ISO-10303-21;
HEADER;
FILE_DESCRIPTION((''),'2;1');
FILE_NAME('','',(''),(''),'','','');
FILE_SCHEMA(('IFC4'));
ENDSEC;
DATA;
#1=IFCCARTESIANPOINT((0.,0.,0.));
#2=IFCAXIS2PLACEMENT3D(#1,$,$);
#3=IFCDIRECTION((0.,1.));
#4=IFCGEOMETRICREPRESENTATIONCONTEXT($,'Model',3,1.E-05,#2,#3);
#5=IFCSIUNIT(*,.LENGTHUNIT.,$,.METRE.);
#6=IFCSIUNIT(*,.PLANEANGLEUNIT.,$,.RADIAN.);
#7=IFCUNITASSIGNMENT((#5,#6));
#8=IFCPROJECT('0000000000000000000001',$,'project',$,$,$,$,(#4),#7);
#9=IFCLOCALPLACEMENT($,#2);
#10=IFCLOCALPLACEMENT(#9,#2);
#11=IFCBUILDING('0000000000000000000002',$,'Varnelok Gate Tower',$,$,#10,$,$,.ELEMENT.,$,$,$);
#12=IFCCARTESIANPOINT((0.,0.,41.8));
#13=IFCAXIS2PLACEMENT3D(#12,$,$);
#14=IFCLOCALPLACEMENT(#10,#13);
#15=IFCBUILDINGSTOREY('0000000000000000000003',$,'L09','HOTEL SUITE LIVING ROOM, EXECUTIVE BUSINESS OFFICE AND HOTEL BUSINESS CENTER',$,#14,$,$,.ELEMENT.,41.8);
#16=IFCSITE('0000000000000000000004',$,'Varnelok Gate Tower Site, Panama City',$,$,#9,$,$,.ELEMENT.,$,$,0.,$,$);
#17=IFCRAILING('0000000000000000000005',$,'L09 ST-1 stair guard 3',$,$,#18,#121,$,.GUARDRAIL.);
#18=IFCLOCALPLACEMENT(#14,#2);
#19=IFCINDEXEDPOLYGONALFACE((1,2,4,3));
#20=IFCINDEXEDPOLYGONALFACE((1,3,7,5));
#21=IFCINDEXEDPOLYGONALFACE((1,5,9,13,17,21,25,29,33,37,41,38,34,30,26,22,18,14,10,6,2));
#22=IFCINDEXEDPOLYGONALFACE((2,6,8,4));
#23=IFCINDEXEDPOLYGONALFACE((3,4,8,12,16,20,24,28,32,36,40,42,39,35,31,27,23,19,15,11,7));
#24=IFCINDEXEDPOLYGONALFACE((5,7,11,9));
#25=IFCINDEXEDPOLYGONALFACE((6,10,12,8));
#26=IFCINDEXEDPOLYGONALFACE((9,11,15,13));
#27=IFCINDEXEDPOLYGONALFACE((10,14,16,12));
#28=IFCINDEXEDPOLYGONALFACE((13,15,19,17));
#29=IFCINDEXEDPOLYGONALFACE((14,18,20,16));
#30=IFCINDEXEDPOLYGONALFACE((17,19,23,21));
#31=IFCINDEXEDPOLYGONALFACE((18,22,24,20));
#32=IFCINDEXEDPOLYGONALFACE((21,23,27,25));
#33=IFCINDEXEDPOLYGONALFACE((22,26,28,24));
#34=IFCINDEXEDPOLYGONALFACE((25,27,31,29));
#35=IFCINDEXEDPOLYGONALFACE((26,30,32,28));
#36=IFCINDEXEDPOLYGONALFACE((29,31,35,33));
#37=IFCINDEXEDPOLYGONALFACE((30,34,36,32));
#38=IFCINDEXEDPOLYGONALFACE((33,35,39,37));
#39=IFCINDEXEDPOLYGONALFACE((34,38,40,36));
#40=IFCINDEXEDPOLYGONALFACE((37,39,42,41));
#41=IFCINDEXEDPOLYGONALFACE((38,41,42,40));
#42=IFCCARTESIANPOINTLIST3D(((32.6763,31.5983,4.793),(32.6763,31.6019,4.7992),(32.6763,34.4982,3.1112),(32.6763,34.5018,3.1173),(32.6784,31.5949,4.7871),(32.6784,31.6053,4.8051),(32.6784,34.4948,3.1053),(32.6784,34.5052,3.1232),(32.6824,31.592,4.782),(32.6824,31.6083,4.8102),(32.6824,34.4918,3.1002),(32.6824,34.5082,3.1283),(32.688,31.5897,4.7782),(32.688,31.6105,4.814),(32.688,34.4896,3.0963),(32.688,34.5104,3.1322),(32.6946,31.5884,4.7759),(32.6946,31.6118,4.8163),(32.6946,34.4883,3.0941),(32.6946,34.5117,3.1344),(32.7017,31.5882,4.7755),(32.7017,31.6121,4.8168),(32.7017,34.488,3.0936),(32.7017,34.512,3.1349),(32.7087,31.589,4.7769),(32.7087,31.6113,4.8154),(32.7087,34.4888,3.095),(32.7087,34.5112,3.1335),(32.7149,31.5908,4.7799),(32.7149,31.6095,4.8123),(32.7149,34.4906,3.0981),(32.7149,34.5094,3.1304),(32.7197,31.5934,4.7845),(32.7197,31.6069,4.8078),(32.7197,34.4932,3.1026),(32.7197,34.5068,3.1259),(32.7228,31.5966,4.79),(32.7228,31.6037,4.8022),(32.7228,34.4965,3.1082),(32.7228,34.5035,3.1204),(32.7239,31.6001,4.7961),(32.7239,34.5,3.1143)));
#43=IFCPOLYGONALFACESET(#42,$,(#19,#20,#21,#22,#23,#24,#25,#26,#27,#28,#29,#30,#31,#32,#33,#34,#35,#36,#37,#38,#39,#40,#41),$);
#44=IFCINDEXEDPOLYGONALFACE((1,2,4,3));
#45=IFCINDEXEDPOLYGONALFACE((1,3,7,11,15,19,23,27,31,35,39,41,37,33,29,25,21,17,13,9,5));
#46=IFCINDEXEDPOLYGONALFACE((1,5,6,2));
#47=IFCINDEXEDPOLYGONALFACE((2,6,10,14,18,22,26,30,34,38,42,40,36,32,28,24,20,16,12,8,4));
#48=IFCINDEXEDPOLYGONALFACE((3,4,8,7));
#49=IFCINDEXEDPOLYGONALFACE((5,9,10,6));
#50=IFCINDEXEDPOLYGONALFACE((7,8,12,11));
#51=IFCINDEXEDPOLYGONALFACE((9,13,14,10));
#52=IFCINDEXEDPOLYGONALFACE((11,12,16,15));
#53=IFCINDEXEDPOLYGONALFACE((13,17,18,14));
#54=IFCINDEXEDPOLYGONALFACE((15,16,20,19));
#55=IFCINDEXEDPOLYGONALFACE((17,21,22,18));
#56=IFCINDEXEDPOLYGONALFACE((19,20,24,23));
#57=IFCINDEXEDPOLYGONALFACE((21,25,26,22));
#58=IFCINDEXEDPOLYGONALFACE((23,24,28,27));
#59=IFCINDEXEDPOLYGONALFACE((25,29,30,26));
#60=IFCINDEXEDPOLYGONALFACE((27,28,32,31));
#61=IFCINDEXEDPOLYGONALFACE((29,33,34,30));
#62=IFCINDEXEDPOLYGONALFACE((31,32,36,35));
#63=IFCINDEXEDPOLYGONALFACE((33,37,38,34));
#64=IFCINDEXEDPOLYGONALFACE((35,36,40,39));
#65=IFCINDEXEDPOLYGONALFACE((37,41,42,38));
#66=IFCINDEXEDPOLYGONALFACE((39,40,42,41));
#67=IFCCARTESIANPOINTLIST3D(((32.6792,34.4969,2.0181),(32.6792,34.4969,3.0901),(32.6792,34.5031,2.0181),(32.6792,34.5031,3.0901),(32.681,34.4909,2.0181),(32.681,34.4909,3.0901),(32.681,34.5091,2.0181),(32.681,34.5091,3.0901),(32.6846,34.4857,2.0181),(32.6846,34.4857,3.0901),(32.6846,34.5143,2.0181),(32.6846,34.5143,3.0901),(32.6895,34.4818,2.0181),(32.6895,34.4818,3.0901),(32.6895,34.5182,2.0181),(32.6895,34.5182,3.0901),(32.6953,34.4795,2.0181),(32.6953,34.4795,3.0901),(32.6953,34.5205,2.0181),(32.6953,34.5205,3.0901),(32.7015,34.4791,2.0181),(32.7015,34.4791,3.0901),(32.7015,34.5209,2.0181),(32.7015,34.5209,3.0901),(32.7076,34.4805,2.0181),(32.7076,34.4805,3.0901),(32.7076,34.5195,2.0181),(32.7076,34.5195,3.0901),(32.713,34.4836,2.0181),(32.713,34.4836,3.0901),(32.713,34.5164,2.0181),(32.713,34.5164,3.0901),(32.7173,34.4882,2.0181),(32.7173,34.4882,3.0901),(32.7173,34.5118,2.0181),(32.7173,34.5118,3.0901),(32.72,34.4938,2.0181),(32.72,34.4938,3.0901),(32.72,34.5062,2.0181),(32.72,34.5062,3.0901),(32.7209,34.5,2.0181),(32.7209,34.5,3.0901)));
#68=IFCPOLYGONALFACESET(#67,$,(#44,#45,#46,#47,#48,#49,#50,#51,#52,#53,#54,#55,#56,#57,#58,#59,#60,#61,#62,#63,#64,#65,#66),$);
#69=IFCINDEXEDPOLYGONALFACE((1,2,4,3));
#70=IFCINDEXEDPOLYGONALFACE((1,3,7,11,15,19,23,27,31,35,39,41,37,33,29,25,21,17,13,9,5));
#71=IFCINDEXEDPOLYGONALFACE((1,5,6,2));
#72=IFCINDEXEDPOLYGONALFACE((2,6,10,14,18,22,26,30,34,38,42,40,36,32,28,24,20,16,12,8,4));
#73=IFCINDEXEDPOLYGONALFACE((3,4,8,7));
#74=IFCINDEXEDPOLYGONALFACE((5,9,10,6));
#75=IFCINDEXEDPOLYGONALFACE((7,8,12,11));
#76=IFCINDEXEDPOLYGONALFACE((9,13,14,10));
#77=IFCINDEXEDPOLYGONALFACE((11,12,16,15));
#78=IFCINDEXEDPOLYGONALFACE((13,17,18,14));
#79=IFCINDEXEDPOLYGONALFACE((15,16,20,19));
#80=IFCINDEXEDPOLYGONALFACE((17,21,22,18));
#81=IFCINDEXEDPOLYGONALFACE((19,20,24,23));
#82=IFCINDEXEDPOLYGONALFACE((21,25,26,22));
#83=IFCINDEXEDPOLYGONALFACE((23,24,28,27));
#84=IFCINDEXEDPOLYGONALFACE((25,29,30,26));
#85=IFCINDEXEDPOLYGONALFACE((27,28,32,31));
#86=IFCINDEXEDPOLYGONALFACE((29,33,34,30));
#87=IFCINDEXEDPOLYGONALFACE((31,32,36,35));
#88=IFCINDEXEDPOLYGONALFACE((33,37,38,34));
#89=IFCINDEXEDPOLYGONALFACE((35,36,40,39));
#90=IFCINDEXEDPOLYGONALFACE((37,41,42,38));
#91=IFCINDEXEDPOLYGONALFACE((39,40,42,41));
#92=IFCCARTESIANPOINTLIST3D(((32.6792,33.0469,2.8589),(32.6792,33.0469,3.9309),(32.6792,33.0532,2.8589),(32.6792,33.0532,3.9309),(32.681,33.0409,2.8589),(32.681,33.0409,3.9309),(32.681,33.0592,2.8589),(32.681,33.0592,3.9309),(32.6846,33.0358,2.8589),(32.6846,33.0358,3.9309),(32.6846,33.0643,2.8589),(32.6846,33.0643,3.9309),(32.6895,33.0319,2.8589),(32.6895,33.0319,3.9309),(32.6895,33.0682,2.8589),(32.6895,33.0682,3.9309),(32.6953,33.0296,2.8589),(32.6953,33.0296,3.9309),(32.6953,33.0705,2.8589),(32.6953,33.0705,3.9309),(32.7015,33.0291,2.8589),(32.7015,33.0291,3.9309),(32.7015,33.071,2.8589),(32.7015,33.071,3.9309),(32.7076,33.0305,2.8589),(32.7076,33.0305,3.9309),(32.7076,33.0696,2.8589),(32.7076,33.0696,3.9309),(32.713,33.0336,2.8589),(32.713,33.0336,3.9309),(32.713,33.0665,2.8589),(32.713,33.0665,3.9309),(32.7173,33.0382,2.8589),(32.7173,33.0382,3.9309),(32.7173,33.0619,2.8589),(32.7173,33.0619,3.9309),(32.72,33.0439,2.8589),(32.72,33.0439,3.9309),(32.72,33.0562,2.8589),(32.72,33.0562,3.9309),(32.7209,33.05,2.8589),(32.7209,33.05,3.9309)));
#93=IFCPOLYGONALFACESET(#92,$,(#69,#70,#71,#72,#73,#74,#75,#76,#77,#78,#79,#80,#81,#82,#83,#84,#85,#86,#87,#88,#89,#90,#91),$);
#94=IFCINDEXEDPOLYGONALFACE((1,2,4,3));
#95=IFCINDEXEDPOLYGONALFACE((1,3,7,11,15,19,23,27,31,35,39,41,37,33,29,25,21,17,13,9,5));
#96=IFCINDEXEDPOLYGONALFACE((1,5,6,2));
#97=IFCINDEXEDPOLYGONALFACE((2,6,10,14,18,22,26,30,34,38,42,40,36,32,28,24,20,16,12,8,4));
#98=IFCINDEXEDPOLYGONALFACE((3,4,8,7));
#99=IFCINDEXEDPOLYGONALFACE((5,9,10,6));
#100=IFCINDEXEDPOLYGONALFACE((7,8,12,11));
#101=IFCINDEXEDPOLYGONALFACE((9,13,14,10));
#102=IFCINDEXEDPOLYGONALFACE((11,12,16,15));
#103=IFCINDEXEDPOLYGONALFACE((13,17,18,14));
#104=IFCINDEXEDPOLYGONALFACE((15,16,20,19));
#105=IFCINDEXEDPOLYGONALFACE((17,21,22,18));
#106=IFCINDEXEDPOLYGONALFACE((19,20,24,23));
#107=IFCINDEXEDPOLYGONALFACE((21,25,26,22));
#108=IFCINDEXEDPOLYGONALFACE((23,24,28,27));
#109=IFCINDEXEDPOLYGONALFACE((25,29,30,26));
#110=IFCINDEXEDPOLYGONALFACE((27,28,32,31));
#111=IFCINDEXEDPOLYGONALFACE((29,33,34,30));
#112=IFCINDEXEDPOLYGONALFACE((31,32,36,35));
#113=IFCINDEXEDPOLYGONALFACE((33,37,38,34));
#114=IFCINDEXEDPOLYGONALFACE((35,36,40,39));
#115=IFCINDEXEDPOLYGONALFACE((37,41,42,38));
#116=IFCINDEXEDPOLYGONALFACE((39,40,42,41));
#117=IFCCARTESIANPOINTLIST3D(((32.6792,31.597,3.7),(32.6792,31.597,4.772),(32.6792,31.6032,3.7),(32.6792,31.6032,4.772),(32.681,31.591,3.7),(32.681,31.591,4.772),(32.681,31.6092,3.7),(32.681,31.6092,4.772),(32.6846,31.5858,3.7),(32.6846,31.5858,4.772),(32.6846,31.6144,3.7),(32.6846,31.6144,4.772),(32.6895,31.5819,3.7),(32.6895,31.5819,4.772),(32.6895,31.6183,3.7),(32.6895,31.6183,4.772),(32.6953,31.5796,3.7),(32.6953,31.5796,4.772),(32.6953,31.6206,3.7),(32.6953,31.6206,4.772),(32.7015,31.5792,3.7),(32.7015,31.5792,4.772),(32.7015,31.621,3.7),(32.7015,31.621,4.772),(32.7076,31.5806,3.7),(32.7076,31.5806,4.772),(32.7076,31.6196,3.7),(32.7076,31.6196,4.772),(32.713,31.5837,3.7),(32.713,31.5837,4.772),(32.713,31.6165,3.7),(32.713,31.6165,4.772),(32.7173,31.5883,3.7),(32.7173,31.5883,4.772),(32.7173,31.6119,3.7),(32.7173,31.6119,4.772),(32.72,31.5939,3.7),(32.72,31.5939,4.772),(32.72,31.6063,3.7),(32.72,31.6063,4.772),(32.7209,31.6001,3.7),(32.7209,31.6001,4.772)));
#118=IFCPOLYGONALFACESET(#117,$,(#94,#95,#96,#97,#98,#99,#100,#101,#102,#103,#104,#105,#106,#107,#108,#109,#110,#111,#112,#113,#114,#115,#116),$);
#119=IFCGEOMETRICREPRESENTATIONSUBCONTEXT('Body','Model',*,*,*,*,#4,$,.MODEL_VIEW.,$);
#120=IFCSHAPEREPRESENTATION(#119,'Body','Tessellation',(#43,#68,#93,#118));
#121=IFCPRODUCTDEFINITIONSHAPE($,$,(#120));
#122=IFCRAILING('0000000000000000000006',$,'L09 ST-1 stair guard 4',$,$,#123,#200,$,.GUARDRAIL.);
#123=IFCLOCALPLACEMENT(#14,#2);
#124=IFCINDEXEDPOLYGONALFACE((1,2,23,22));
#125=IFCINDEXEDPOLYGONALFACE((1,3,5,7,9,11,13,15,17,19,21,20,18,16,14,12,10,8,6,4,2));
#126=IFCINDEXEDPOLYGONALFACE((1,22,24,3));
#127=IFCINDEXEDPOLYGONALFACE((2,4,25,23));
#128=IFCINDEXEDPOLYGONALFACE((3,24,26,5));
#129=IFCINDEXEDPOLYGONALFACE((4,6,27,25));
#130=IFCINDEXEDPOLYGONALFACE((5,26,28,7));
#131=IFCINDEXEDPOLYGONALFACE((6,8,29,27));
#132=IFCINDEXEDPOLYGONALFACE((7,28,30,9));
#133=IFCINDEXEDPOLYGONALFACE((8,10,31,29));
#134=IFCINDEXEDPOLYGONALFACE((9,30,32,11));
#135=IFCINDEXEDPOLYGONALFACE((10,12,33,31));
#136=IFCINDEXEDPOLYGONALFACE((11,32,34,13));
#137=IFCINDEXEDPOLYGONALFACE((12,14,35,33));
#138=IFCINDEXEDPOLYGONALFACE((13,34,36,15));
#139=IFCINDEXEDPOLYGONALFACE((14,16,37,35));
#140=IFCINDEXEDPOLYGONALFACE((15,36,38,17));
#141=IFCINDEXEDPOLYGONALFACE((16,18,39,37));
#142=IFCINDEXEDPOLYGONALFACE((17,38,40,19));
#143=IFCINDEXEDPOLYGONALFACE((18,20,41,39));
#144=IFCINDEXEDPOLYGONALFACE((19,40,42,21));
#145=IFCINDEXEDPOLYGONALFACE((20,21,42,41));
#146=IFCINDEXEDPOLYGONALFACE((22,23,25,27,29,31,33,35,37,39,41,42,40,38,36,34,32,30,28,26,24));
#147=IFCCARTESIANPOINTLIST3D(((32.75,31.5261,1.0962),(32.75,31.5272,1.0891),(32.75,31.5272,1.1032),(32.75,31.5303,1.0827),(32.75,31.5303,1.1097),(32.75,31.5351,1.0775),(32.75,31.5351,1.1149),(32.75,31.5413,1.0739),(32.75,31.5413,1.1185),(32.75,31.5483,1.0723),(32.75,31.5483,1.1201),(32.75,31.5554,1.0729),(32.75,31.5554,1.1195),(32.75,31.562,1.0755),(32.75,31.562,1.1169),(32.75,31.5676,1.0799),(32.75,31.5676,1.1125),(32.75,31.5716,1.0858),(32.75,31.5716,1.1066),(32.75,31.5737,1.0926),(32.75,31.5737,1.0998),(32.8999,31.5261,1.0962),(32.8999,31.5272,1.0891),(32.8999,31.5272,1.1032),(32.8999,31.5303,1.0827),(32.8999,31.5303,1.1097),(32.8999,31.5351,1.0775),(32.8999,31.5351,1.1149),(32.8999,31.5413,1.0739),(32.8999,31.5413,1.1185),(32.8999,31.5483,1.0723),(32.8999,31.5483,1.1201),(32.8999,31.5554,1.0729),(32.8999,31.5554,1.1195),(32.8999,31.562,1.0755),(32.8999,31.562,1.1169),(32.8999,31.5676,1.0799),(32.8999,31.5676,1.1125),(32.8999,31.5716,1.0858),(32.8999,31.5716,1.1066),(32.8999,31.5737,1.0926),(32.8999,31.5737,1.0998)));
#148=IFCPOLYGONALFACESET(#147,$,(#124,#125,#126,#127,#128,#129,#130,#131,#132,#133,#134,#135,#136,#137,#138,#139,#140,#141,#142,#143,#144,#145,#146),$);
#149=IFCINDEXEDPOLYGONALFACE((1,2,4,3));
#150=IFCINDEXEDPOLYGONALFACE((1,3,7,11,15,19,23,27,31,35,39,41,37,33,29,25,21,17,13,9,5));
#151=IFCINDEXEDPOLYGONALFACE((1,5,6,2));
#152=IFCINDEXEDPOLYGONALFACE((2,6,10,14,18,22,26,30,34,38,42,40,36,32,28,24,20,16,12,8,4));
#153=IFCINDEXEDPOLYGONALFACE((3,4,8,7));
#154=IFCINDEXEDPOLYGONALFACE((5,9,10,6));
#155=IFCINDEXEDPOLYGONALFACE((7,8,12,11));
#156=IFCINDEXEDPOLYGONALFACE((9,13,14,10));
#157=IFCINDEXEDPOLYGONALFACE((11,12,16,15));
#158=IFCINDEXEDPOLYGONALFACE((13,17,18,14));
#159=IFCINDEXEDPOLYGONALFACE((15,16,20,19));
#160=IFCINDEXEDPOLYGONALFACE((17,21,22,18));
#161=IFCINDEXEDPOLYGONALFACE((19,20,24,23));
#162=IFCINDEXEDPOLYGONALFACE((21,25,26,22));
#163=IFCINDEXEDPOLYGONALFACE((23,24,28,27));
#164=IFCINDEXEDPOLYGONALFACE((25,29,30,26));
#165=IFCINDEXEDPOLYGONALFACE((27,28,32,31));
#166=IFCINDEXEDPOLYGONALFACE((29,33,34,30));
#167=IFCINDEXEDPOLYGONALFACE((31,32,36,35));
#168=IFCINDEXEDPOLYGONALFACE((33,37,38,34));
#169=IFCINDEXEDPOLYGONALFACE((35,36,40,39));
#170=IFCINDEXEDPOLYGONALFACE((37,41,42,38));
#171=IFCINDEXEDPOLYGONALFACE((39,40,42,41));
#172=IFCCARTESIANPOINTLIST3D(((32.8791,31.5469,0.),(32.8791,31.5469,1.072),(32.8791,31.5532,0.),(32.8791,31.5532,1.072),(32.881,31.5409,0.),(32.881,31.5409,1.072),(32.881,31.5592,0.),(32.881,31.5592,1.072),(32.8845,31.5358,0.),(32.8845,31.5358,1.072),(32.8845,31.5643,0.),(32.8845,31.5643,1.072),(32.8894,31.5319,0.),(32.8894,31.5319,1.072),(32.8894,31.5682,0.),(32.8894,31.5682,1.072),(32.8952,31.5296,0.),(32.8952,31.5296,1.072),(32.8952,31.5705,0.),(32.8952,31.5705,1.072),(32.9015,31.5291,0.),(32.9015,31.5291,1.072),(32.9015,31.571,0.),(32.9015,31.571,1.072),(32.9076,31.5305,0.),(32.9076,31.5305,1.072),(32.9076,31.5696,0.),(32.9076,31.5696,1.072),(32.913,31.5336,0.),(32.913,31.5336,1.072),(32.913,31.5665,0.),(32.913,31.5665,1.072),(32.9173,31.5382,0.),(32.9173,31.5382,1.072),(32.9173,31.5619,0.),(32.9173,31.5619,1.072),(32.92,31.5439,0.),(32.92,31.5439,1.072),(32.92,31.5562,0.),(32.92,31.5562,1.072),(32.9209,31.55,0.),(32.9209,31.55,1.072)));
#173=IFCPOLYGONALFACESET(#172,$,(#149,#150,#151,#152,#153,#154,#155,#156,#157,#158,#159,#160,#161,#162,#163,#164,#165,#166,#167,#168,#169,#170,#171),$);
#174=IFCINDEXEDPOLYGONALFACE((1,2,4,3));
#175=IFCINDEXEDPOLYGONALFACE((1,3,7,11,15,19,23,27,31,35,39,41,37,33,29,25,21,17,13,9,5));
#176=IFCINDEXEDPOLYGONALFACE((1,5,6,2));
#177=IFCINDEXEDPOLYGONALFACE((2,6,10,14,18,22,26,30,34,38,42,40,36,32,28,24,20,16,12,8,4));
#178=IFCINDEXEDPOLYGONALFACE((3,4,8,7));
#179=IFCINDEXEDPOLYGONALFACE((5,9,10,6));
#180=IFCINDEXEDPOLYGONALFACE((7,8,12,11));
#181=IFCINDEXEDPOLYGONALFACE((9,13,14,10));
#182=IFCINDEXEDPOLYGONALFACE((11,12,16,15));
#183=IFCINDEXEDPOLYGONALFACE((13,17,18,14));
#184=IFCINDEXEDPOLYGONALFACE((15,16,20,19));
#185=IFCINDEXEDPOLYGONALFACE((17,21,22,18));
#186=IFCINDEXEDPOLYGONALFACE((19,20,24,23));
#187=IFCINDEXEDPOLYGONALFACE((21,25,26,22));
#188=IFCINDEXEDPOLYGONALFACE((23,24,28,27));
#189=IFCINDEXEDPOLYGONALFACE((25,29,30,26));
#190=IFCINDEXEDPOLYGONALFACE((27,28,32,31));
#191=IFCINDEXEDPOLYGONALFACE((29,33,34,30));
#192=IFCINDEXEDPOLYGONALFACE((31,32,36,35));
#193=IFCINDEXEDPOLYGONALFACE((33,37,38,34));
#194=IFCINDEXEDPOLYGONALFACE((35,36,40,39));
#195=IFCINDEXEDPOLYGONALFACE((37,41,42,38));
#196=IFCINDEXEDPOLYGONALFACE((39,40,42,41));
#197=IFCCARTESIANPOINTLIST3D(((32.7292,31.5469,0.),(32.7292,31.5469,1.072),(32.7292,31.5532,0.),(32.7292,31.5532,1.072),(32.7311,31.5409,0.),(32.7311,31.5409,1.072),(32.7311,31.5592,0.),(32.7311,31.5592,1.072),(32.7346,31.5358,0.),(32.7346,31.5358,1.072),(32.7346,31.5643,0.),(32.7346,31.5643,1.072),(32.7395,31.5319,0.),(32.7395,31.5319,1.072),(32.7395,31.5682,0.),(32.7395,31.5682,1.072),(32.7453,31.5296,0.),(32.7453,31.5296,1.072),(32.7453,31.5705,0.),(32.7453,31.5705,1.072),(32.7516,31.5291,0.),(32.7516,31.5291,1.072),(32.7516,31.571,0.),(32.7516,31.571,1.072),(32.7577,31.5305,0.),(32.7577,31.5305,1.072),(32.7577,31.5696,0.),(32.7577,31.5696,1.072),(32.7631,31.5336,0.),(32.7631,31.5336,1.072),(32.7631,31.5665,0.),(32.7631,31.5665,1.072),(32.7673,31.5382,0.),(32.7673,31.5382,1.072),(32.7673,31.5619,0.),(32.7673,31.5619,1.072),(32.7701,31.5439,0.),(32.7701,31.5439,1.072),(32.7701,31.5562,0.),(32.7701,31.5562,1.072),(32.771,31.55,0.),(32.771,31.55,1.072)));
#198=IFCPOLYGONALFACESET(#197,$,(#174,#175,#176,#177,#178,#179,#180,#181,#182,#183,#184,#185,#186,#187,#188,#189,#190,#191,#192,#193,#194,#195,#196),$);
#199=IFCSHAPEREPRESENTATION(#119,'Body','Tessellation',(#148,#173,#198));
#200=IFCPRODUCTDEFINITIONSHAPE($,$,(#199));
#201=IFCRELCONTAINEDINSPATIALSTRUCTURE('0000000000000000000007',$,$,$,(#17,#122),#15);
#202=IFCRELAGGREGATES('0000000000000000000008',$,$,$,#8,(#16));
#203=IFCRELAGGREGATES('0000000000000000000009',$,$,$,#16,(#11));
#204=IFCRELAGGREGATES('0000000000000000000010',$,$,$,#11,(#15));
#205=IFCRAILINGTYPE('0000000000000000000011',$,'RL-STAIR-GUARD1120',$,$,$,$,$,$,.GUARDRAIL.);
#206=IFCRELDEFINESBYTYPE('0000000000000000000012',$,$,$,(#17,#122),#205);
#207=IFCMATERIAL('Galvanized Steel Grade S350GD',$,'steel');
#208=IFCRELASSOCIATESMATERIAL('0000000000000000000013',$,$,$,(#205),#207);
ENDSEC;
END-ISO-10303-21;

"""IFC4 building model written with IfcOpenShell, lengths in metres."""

from ifc_helpers import new_model, si_unit, direction, frame, origin, origin_2d, place, context, subcontext, project, spatial, circle, extrude, material, type_object, element, save


model = new_model("IFC4")

# Units and contexts
model_context = context("Model", 3, precision=1e-05, world=origin(), true_north=direction((0.0, 1.0)))
body_context = subcontext(model_context, "Body", "Model", "MODEL_VIEW")
ifc_project = project(units=[si_unit("LENGTHUNIT", "METRE"), si_unit("PLANEANGLEUNIT", "RADIAN")], contexts=[model_context])

# Site, building, storey
site_placement = place(None, origin())
site = spatial("IfcSite", under=ifc_project, at=site_placement, Name="Varnelok Gate Tower Site, Panama City", CompositionType="ELEMENT", RefElevation=0.0)
building_placement = place(site_placement, origin())
building = spatial("IfcBuilding", under=site, at=building_placement, Name="Varnelok Gate Tower", CompositionType="ELEMENT")
storey_placement = place(building_placement, frame((0.0, 0.0, 41.8)))
storey = spatial("IfcBuildingStorey", under=building, at=storey_placement, Name="L09", Description="HOTEL SUITE LIVING ROOM, EXECUTIVE BUSINESS OFFICE AND HOTEL BUSINESS CENTER", CompositionType="ELEMENT", Elevation=41.8)

# Shared definitions
ifc_material_1 = material(Name="Galvanized Steel Grade S350GD", Category="steel")

# Railings
railing_type_1 = type_object("IfcRailingType", Name="RL-STAIR-GUARD1120", PredefinedType="GUARDRAIL", material=ifc_material_1)
railing_1_placement = place(storey_placement, frame((32.7, 34.5, 2.0181)))
element("IfcRailing", 1, at=railing_1_placement, inside=storey, type_object=railing_type_1, Name="L09 ST-1 stair guard 3", PredefinedType="GUARDRAIL", context=body_context, shape_type="SweptSolid", body=[
    extrude(circle(Radius=0.0239, at=origin_2d()), frame((0.0, 0.0, 1.0962), z_axis=(0.0, -0.865039, 0.501705), x_axis=(1.0, 0.0, 0.0)), (0.0, 0.0, 1.0), 3.3523),
    extrude(circle(Radius=0.021, at=origin_2d()), origin(), (0.0, 0.0, 1.0), 1.072),
    extrude(circle(Radius=0.021, at=origin_2d()), frame((0.0, -1.45, 0.8408)), (0.0, 0.0, 1.0), 1.072),
    extrude(circle(Radius=0.021, at=origin_2d()), frame((0.0, -2.8999, 1.6819)), (0.0, 0.0, 1.0), 1.072),
])
railing_2_placement = place(storey_placement, frame((32.8999, 31.55, 0.0)))
element("IfcRailing", 2, at=railing_2_placement, inside=storey, type_object=railing_type_1, Name="L09 ST-1 stair guard 4", PredefinedType="GUARDRAIL", context=body_context, shape_type="SweptSolid", body=[
    extrude(circle(Radius=0.0239, at=origin_2d()), frame((0.0, 0.0, 1.0962), z_axis=(-1.0, 0.0, 0.0), x_axis=(0.0, -1.0, 0.0)), (0.0, 0.0, 1.0), 0.1499),
    extrude(circle(Radius=0.021, at=origin_2d()), origin(), (0.0, 0.0, 1.0), 1.072),
    extrude(circle(Radius=0.021, at=origin_2d()), frame((-0.1499, 0.0, 0.0)), (0.0, 0.0, 1.0), 1.072),
])

save(model, "model.ifc")
